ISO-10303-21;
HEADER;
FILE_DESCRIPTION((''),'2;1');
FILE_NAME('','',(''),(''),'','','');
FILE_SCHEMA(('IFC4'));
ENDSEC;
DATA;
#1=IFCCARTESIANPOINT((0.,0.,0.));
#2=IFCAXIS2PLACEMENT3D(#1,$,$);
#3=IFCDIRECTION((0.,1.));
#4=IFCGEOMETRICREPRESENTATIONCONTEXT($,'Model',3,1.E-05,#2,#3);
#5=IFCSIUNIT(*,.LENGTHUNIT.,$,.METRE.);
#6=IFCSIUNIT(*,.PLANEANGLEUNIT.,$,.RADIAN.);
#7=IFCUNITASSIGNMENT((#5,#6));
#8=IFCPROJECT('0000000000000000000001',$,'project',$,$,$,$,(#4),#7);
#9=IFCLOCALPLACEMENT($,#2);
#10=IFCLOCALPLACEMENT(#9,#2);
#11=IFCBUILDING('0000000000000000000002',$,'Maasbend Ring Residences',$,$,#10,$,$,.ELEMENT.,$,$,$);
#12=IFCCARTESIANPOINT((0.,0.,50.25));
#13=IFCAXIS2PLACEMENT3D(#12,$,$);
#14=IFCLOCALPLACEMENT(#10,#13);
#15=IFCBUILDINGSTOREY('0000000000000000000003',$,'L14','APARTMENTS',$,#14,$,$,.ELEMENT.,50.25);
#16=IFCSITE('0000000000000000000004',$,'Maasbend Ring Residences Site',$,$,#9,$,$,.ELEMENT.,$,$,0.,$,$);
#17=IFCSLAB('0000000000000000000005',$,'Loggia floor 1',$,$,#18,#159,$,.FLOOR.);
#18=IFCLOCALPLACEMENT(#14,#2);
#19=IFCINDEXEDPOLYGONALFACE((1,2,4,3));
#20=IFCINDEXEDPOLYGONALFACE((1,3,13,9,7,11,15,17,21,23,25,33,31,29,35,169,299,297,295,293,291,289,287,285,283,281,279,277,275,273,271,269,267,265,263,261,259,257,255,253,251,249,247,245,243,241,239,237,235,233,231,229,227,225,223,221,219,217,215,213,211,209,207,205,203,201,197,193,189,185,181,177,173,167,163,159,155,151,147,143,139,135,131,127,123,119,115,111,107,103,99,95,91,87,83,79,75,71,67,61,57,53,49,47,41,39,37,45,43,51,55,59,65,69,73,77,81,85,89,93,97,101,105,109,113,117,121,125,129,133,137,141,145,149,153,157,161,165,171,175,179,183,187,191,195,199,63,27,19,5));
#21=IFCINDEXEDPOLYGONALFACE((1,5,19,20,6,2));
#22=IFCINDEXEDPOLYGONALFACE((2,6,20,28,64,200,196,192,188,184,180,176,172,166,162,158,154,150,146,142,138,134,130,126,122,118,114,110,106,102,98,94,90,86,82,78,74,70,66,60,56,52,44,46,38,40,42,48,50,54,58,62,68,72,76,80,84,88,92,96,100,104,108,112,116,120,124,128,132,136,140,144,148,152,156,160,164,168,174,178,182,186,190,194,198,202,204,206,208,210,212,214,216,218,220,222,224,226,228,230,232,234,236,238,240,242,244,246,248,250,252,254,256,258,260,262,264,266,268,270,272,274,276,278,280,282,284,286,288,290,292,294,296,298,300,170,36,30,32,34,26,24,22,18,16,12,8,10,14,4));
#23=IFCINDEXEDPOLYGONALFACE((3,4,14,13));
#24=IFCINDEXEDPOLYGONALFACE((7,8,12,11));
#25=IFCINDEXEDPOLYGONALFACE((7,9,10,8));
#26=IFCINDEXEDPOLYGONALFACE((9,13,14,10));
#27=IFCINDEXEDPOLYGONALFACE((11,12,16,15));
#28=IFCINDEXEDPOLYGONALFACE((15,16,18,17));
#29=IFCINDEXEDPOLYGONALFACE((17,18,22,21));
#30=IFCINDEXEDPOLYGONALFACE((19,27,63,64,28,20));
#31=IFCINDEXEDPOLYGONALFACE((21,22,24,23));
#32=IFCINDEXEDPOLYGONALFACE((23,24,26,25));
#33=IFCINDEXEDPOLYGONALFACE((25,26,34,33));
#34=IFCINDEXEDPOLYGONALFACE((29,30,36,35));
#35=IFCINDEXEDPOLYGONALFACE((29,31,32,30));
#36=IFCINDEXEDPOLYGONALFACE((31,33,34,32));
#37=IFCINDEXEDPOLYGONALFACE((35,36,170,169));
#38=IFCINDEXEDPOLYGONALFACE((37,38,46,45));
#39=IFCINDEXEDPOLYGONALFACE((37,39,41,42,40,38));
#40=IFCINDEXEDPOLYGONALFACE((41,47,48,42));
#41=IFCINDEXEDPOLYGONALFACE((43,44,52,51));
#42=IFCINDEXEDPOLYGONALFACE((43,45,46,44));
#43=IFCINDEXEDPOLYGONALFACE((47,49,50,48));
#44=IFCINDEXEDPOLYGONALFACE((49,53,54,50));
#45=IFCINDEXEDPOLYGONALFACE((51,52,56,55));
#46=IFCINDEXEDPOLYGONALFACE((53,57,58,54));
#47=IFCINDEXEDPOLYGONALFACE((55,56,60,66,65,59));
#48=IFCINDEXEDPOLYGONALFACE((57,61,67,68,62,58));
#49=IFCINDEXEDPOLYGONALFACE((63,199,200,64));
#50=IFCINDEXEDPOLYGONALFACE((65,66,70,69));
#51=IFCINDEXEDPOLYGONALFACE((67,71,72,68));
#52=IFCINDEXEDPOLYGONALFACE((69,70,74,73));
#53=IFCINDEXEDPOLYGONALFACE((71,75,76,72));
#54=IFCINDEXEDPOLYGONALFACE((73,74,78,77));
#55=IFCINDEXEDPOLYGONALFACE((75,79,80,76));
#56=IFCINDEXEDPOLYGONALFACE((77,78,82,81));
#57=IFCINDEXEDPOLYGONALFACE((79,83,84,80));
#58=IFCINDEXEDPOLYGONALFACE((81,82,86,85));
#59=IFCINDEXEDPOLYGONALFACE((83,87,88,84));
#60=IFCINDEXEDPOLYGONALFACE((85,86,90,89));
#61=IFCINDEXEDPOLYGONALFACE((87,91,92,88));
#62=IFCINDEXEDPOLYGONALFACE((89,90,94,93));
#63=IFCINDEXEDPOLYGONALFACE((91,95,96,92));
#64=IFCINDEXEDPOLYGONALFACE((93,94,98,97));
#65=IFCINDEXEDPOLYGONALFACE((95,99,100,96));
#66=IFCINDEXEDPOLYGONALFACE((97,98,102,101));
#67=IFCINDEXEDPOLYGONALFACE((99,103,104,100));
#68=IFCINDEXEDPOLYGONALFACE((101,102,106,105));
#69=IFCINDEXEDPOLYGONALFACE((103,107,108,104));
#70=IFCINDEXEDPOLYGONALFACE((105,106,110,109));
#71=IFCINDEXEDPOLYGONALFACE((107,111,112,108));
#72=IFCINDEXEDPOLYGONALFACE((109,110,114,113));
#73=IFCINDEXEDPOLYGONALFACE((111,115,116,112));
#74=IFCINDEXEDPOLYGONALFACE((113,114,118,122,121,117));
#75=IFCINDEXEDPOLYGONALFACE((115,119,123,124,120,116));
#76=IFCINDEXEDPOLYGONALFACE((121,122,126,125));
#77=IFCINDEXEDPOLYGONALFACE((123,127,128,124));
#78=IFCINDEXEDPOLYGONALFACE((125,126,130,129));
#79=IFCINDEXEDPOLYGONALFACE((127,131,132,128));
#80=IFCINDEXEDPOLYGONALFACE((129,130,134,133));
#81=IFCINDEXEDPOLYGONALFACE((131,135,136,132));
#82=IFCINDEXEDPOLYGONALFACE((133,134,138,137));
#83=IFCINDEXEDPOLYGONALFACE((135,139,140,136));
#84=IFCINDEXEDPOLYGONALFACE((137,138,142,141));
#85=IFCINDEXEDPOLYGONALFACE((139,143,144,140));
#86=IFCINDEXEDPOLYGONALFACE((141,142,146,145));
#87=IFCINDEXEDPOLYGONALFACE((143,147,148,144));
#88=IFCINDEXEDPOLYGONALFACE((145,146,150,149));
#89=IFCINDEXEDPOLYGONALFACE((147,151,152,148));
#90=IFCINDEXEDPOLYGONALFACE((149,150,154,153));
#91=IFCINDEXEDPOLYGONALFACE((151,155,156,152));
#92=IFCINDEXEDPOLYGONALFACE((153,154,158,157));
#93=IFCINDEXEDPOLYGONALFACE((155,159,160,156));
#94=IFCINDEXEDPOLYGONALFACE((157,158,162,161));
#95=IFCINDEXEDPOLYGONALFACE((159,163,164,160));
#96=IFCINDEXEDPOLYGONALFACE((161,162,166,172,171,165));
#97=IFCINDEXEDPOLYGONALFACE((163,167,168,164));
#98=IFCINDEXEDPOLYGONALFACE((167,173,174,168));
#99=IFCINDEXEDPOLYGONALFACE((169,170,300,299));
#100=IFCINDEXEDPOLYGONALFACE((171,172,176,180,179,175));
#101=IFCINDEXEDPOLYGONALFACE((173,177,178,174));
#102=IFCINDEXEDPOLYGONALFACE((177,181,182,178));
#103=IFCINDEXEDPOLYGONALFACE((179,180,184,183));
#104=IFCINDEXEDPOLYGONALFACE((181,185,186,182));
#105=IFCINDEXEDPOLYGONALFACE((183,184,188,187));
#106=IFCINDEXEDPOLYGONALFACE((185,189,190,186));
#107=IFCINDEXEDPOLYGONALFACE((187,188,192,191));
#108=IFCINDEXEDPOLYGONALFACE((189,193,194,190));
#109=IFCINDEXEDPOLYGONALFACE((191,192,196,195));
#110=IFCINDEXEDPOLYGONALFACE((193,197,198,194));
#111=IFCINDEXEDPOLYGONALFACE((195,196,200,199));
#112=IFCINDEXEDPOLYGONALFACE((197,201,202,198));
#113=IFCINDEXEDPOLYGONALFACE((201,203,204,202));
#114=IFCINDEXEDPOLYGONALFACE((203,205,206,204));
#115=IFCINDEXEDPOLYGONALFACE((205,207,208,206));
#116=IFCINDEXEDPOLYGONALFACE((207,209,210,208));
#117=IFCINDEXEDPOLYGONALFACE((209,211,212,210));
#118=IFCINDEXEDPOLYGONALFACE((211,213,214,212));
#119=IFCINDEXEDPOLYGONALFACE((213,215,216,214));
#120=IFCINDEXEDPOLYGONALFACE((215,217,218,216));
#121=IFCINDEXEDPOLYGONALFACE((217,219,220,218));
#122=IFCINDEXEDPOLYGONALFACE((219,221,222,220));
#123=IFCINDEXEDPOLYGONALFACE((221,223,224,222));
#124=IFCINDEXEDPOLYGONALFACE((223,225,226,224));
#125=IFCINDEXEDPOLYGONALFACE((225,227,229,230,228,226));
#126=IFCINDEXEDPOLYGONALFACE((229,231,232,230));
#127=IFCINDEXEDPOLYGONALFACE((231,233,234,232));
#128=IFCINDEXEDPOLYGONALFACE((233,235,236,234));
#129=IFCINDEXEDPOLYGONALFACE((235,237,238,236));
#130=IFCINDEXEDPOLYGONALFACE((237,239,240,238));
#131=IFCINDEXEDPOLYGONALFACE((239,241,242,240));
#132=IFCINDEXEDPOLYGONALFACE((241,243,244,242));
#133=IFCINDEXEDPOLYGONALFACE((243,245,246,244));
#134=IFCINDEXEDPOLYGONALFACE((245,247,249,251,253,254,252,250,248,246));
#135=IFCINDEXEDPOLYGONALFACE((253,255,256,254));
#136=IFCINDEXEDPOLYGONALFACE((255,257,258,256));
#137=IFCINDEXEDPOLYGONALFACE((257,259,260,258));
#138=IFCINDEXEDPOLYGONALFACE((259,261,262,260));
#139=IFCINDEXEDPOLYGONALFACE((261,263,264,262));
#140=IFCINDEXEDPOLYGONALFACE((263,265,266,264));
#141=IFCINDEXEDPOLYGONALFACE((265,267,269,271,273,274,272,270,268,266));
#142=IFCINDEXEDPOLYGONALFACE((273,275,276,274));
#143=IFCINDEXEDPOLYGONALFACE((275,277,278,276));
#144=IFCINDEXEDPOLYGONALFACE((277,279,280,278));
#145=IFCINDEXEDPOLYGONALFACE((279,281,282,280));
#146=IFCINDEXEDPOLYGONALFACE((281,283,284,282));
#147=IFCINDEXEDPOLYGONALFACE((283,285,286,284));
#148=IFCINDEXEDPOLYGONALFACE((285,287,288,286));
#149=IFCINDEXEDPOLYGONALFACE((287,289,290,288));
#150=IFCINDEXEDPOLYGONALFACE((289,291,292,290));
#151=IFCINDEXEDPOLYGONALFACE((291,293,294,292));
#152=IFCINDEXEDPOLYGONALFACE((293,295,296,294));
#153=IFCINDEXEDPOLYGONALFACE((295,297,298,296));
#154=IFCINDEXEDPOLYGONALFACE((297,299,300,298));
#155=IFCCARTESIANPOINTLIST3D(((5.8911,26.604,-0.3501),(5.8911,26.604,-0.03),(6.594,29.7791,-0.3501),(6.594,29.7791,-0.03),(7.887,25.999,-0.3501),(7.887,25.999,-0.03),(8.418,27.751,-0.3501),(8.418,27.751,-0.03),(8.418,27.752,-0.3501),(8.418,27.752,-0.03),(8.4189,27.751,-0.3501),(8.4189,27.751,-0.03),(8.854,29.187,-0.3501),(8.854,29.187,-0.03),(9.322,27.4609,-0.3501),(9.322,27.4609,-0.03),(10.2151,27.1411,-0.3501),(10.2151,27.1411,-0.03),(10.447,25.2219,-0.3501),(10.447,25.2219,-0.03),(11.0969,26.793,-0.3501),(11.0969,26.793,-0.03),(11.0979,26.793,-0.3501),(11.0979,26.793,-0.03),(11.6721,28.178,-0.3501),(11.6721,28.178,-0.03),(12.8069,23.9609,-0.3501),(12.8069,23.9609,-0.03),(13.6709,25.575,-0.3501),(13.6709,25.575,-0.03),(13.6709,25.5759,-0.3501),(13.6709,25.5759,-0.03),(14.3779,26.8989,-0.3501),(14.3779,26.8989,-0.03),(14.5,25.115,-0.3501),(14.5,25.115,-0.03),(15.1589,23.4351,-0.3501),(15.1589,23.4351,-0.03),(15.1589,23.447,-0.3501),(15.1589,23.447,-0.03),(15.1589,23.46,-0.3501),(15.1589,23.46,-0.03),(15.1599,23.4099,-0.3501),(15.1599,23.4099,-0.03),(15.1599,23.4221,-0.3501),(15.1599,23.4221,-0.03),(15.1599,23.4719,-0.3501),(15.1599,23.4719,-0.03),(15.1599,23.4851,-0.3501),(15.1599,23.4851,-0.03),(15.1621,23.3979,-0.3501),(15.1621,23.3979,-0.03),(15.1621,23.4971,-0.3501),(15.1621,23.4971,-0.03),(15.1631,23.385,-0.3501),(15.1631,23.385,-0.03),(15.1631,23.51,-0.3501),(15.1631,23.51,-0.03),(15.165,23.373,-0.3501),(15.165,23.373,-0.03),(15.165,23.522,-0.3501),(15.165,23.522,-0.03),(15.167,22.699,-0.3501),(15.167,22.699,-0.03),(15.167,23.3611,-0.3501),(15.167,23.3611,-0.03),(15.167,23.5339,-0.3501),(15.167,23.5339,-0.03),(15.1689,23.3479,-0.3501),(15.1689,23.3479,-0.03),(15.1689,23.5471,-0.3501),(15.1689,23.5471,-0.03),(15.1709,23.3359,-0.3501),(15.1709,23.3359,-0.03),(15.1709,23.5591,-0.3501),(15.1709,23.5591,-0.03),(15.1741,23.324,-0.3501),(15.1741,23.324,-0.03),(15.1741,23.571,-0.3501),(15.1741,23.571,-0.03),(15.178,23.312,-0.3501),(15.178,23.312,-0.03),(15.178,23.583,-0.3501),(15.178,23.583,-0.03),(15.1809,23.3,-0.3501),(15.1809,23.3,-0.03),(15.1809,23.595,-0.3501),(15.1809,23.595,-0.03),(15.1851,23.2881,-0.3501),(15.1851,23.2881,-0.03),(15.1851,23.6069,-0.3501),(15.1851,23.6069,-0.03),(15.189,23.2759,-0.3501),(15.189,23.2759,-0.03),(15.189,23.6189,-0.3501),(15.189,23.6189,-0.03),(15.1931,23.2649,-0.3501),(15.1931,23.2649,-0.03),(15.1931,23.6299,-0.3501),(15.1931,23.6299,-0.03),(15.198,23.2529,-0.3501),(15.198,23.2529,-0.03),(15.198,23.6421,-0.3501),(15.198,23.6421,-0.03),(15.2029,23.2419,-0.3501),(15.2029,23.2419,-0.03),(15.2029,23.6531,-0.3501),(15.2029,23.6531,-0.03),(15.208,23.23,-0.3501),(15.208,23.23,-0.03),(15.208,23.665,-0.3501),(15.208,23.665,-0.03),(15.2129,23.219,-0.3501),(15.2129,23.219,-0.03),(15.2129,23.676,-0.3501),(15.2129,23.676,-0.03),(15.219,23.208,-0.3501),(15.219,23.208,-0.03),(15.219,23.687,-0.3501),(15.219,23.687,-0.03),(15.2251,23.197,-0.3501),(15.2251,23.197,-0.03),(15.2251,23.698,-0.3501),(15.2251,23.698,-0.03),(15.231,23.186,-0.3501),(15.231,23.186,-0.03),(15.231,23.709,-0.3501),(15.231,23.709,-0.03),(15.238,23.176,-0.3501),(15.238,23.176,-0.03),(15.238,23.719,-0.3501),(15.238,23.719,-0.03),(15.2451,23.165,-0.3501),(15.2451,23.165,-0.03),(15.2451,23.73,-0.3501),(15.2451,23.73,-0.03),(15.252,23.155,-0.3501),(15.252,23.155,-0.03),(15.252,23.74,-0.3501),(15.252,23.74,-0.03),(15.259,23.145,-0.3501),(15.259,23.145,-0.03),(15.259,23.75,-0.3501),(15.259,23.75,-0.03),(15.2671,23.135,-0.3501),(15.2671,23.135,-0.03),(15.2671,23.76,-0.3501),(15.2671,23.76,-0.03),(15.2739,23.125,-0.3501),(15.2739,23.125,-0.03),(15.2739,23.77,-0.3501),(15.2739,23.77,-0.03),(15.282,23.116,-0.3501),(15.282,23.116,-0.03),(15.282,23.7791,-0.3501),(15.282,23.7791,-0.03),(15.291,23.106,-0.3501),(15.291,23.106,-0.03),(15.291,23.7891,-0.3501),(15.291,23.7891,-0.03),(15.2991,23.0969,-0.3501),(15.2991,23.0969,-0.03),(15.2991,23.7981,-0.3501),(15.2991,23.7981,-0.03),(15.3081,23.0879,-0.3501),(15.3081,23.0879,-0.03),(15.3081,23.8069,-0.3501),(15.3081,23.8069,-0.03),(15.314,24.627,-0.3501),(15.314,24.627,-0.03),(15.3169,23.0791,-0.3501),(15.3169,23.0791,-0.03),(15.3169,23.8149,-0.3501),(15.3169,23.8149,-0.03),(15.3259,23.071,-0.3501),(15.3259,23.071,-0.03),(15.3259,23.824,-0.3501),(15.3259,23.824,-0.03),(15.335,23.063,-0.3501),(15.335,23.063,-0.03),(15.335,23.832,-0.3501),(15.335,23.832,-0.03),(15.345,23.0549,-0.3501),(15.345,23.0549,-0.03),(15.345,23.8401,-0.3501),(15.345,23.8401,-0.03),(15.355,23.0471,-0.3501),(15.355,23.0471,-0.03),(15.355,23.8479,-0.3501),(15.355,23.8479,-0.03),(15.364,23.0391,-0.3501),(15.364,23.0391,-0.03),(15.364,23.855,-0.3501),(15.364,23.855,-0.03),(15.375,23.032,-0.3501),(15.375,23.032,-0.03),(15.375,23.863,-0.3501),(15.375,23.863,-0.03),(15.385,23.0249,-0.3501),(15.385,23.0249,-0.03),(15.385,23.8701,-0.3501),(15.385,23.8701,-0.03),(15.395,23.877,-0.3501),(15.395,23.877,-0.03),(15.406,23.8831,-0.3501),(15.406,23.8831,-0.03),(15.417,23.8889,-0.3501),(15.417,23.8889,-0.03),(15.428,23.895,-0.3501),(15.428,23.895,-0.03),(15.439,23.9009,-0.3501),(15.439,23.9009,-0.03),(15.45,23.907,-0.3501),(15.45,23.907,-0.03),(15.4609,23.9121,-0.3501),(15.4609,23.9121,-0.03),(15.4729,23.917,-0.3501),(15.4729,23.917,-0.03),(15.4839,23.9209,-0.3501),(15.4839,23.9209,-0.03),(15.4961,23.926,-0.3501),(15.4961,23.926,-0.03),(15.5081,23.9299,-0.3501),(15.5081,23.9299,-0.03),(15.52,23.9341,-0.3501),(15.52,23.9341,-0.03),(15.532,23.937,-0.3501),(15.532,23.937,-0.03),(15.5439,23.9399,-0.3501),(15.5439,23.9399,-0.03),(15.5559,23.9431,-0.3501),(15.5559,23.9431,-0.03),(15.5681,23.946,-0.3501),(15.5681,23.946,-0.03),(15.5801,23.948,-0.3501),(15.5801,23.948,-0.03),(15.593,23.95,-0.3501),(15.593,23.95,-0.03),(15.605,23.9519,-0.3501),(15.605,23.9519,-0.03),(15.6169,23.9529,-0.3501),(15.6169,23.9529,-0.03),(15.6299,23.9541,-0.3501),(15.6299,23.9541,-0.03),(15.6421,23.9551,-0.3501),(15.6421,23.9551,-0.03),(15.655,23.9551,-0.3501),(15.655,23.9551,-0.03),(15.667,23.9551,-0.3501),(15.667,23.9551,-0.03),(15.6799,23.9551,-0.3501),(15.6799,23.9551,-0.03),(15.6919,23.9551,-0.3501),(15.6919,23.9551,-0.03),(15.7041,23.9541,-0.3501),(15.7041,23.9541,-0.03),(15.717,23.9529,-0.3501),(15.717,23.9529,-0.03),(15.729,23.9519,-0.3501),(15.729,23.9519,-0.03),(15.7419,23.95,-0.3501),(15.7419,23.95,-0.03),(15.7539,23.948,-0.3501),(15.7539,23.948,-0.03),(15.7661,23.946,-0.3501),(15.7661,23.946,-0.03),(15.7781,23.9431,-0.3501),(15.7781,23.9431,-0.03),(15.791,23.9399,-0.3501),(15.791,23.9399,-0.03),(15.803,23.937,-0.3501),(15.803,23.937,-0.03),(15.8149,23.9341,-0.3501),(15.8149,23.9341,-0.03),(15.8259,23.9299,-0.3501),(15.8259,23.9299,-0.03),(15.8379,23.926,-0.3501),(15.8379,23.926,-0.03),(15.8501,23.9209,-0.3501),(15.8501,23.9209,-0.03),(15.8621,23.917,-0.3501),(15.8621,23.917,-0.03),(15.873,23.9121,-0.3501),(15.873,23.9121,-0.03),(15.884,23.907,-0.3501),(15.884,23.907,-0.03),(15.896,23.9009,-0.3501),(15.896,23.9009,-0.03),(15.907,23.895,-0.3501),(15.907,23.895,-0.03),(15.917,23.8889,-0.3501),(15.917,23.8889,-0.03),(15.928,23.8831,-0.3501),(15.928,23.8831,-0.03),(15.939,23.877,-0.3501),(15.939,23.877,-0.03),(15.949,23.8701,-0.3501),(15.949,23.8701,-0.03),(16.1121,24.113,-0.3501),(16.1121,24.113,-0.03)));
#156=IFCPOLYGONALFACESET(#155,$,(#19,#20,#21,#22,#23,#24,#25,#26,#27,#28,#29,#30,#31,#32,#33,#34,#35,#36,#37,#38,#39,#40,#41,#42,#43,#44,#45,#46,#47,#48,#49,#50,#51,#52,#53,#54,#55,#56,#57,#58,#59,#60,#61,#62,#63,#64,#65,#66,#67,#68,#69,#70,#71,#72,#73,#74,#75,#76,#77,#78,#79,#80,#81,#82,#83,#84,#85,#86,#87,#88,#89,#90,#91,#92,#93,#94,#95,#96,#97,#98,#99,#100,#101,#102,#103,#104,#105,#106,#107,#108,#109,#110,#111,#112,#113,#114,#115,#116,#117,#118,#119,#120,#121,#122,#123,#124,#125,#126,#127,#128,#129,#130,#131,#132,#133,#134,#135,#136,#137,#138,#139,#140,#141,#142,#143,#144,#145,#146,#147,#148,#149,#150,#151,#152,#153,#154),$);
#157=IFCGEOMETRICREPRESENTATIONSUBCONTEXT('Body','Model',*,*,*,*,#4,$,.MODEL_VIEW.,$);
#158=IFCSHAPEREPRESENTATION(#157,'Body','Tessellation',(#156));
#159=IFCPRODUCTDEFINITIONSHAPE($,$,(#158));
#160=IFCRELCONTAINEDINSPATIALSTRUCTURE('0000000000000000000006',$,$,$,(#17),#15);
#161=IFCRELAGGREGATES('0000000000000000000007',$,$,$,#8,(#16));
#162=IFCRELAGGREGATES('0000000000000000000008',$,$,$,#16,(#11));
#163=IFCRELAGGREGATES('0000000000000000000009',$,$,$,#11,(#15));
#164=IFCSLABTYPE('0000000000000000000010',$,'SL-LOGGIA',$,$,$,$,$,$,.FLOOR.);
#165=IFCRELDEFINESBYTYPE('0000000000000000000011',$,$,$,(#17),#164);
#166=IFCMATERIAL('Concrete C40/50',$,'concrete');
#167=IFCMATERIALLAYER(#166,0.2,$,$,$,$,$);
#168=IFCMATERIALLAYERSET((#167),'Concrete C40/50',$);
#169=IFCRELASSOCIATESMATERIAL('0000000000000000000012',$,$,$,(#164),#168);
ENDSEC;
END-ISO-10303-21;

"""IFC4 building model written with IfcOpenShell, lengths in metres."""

from ifc_helpers import new_model, si_unit, direction, frame, origin, place, context, subcontext, project, spatial, polyline, outline, extrude, material, layer, layer_set, type_object, element, save


model = new_model("IFC4")

# Units and contexts
model_context = context("Model", 3, precision=1e-05, world=origin(), true_north=direction((0.0, 1.0)))
body_context = subcontext(model_context, "Body", "Model", "MODEL_VIEW")
ifc_project = project(units=[si_unit("LENGTHUNIT", "METRE"), si_unit("PLANEANGLEUNIT", "RADIAN")], contexts=[model_context])

# Site, building, storey
site_placement = place(None, origin())
site = spatial("IfcSite", under=ifc_project, at=site_placement, Name="Maasbend Ring Residences Site", CompositionType="ELEMENT", RefElevation=0.0)
building_placement = place(site_placement, origin())
building = spatial("IfcBuilding", under=site, at=building_placement, Name="Maasbend Ring Residences", CompositionType="ELEMENT")
storey_placement = place(building_placement, frame((0.0, 0.0, 50.25)))
storey = spatial("IfcBuildingStorey", under=building, at=storey_placement, Name="L14", Description="APARTMENTS", CompositionType="ELEMENT", Elevation=50.25)

# Slab
ifc_material_1 = material(Name="Concrete C40/50", Category="concrete")
ifc_layer_1 = layer(ifc_material_1, 0.2)
ifc_layer_set_1 = layer_set([ifc_layer_1], Name="Concrete C40/50")
slab_type_1 = type_object("IfcSlabType", Name="SL-LOGGIA", PredefinedType="FLOOR", material=ifc_layer_set_1)
slab_1_placement = place(storey_placement, frame((0.0, 0.0, -0.3501)))
element("IfcSlab", 1, at=slab_1_placement, inside=storey, type_object=slab_type_1, Name="Loggia floor 1", PredefinedType="FLOOR", context=body_context, shape_type="SweptSolid", body=[
    extrude(outline(polyline([(8.854, 29.187), (8.854, 29.187), (8.854, 29.187), (8.418, 27.752), (8.418, 27.752), (8.418, 27.752), (8.418, 27.752), (8.418, 27.752), (8.418, 27.752), (8.418, 27.751), (8.418, 27.751), (8.418, 27.751), (8.418, 27.751), (8.418, 27.751), (8.4189, 27.751), (8.4189, 27.751), (8.4189, 27.751), (8.4189, 27.751), (8.4189, 27.751), (8.4189, 27.751), (9.322, 27.4609), (9.322, 27.4609), (10.2151, 27.1411), (10.2151, 27.1411), (11.0969, 26.793), (11.0969, 26.793), (11.0969, 26.793), (11.0979, 26.793), (11.0979, 26.793), (11.0979, 26.793), (11.0979, 26.793), (11.0979, 26.793), (11.0979, 26.793), (11.0979, 26.793), (11.0979, 26.793), (11.0979, 26.793), (11.0979, 26.793), (11.0979, 26.793), (11.0979, 26.793), (11.0979, 26.793), (11.0979, 26.793), (11.6721, 28.178), (11.6721, 28.178), (11.6721, 28.178), (14.3779, 26.8989), (14.3779, 26.8989), (14.3779, 26.8989), (13.6709, 25.5759), (13.6709, 25.5759), (13.6709, 25.5759), (13.6709, 25.5759), (13.6709, 25.5759), (13.6709, 25.5759), (13.6709, 25.5759), (13.6709, 25.5759), (13.6709, 25.5759), (13.6709, 25.5759), (13.6709, 25.5759), (13.6709, 25.5759), (13.6709, 25.5759), (13.6709, 25.5759), (13.6709, 25.5759), (13.6709, 25.5759), (13.6709, 25.575), (14.5, 25.115), (14.5, 25.115), (15.314, 24.627), (15.314, 24.627), (16.1121, 24.113), (16.1121, 24.113), (16.1121, 24.113), (15.949, 23.8701), (15.939, 23.877), (15.928, 23.8831), (15.917, 23.8889), (15.907, 23.895), (15.896, 23.9009), (15.884, 23.907), (15.873, 23.9121), (15.8621, 23.917), (15.8501, 23.9209), (15.8379, 23.926), (15.8259, 23.9299), (15.8149, 23.9341), (15.803, 23.937), (15.791, 23.9399), (15.7781, 23.9431), (15.7661, 23.946), (15.7539, 23.948), (15.7419, 23.95), (15.729, 23.9519), (15.717, 23.9529), (15.7041, 23.9541), (15.6919, 23.9551), (15.6799, 23.9551), (15.667, 23.9551), (15.655, 23.9551), (15.6421, 23.9551), (15.6299, 23.9541), (15.6169, 23.9529), (15.605, 23.9519), (15.593, 23.95), (15.5801, 23.948), (15.5681, 23.946), (15.5559, 23.9431), (15.5439, 23.9399), (15.532, 23.937), (15.52, 23.9341), (15.5081, 23.9299), (15.4961, 23.926), (15.4839, 23.9209), (15.4729, 23.917), (15.4609, 23.9121), (15.45, 23.907), (15.439, 23.9009), (15.428, 23.895), (15.417, 23.8889), (15.406, 23.8831), (15.395, 23.877), (15.385, 23.8701), (15.375, 23.863), (15.364, 23.855), (15.355, 23.8479), (15.345, 23.8401), (15.335, 23.832), (15.3259, 23.824), (15.3169, 23.8149), (15.3081, 23.8069), (15.2991, 23.7981), (15.291, 23.7891), (15.282, 23.7791), (15.2739, 23.77), (15.2671, 23.76), (15.259, 23.75), (15.252, 23.74), (15.2451, 23.73), (15.238, 23.719), (15.231, 23.709), (15.2251, 23.698), (15.219, 23.687), (15.2129, 23.676), (15.208, 23.665), (15.2029, 23.6531), (15.198, 23.6421), (15.1931, 23.6299), (15.189, 23.6189), (15.1851, 23.6069), (15.1809, 23.595), (15.178, 23.583), (15.1741, 23.571), (15.1709, 23.5591), (15.1689, 23.5471), (15.167, 23.5339), (15.165, 23.522), (15.1631, 23.51), (15.1621, 23.4971), (15.1599, 23.4851), (15.1599, 23.4719), (15.1589, 23.46), (15.1589, 23.447), (15.1589, 23.4351), (15.1599, 23.4221), (15.1599, 23.4099), (15.1621, 23.3979), (15.1631, 23.385), (15.165, 23.373), (15.167, 23.3611), (15.1689, 23.3479), (15.1709, 23.3359), (15.1741, 23.324), (15.178, 23.312), (15.1809, 23.3), (15.1851, 23.2881), (15.189, 23.2759), (15.1931, 23.2649), (15.198, 23.2529), (15.2029, 23.2419), (15.208, 23.23), (15.2129, 23.219), (15.219, 23.208), (15.2251, 23.197), (15.231, 23.186), (15.238, 23.176), (15.2451, 23.165), (15.252, 23.155), (15.259, 23.145), (15.2671, 23.135), (15.2739, 23.125), (15.282, 23.116), (15.291, 23.106), (15.2991, 23.0969), (15.3081, 23.0879), (15.3169, 23.0791), (15.3259, 23.071), (15.335, 23.063), (15.345, 23.0549), (15.355, 23.0471), (15.364, 23.0391), (15.375, 23.032), (15.385, 23.0249), (15.167, 22.699), (15.167, 22.699), (15.167, 22.699), (12.8069, 23.9609), (10.447, 25.2219), (10.447, 25.2219), (10.447, 25.2219), (7.887, 25.999), (5.8911, 26.604), (5.8911, 26.604), (5.8911, 26.604), (6.594, 29.7791), (6.594, 29.7791), (6.594, 29.7791), (8.854, 29.187)])), origin(), (0.0, 0.0, 1.0), 0.3201),
])

save(model, "model.ifc")
